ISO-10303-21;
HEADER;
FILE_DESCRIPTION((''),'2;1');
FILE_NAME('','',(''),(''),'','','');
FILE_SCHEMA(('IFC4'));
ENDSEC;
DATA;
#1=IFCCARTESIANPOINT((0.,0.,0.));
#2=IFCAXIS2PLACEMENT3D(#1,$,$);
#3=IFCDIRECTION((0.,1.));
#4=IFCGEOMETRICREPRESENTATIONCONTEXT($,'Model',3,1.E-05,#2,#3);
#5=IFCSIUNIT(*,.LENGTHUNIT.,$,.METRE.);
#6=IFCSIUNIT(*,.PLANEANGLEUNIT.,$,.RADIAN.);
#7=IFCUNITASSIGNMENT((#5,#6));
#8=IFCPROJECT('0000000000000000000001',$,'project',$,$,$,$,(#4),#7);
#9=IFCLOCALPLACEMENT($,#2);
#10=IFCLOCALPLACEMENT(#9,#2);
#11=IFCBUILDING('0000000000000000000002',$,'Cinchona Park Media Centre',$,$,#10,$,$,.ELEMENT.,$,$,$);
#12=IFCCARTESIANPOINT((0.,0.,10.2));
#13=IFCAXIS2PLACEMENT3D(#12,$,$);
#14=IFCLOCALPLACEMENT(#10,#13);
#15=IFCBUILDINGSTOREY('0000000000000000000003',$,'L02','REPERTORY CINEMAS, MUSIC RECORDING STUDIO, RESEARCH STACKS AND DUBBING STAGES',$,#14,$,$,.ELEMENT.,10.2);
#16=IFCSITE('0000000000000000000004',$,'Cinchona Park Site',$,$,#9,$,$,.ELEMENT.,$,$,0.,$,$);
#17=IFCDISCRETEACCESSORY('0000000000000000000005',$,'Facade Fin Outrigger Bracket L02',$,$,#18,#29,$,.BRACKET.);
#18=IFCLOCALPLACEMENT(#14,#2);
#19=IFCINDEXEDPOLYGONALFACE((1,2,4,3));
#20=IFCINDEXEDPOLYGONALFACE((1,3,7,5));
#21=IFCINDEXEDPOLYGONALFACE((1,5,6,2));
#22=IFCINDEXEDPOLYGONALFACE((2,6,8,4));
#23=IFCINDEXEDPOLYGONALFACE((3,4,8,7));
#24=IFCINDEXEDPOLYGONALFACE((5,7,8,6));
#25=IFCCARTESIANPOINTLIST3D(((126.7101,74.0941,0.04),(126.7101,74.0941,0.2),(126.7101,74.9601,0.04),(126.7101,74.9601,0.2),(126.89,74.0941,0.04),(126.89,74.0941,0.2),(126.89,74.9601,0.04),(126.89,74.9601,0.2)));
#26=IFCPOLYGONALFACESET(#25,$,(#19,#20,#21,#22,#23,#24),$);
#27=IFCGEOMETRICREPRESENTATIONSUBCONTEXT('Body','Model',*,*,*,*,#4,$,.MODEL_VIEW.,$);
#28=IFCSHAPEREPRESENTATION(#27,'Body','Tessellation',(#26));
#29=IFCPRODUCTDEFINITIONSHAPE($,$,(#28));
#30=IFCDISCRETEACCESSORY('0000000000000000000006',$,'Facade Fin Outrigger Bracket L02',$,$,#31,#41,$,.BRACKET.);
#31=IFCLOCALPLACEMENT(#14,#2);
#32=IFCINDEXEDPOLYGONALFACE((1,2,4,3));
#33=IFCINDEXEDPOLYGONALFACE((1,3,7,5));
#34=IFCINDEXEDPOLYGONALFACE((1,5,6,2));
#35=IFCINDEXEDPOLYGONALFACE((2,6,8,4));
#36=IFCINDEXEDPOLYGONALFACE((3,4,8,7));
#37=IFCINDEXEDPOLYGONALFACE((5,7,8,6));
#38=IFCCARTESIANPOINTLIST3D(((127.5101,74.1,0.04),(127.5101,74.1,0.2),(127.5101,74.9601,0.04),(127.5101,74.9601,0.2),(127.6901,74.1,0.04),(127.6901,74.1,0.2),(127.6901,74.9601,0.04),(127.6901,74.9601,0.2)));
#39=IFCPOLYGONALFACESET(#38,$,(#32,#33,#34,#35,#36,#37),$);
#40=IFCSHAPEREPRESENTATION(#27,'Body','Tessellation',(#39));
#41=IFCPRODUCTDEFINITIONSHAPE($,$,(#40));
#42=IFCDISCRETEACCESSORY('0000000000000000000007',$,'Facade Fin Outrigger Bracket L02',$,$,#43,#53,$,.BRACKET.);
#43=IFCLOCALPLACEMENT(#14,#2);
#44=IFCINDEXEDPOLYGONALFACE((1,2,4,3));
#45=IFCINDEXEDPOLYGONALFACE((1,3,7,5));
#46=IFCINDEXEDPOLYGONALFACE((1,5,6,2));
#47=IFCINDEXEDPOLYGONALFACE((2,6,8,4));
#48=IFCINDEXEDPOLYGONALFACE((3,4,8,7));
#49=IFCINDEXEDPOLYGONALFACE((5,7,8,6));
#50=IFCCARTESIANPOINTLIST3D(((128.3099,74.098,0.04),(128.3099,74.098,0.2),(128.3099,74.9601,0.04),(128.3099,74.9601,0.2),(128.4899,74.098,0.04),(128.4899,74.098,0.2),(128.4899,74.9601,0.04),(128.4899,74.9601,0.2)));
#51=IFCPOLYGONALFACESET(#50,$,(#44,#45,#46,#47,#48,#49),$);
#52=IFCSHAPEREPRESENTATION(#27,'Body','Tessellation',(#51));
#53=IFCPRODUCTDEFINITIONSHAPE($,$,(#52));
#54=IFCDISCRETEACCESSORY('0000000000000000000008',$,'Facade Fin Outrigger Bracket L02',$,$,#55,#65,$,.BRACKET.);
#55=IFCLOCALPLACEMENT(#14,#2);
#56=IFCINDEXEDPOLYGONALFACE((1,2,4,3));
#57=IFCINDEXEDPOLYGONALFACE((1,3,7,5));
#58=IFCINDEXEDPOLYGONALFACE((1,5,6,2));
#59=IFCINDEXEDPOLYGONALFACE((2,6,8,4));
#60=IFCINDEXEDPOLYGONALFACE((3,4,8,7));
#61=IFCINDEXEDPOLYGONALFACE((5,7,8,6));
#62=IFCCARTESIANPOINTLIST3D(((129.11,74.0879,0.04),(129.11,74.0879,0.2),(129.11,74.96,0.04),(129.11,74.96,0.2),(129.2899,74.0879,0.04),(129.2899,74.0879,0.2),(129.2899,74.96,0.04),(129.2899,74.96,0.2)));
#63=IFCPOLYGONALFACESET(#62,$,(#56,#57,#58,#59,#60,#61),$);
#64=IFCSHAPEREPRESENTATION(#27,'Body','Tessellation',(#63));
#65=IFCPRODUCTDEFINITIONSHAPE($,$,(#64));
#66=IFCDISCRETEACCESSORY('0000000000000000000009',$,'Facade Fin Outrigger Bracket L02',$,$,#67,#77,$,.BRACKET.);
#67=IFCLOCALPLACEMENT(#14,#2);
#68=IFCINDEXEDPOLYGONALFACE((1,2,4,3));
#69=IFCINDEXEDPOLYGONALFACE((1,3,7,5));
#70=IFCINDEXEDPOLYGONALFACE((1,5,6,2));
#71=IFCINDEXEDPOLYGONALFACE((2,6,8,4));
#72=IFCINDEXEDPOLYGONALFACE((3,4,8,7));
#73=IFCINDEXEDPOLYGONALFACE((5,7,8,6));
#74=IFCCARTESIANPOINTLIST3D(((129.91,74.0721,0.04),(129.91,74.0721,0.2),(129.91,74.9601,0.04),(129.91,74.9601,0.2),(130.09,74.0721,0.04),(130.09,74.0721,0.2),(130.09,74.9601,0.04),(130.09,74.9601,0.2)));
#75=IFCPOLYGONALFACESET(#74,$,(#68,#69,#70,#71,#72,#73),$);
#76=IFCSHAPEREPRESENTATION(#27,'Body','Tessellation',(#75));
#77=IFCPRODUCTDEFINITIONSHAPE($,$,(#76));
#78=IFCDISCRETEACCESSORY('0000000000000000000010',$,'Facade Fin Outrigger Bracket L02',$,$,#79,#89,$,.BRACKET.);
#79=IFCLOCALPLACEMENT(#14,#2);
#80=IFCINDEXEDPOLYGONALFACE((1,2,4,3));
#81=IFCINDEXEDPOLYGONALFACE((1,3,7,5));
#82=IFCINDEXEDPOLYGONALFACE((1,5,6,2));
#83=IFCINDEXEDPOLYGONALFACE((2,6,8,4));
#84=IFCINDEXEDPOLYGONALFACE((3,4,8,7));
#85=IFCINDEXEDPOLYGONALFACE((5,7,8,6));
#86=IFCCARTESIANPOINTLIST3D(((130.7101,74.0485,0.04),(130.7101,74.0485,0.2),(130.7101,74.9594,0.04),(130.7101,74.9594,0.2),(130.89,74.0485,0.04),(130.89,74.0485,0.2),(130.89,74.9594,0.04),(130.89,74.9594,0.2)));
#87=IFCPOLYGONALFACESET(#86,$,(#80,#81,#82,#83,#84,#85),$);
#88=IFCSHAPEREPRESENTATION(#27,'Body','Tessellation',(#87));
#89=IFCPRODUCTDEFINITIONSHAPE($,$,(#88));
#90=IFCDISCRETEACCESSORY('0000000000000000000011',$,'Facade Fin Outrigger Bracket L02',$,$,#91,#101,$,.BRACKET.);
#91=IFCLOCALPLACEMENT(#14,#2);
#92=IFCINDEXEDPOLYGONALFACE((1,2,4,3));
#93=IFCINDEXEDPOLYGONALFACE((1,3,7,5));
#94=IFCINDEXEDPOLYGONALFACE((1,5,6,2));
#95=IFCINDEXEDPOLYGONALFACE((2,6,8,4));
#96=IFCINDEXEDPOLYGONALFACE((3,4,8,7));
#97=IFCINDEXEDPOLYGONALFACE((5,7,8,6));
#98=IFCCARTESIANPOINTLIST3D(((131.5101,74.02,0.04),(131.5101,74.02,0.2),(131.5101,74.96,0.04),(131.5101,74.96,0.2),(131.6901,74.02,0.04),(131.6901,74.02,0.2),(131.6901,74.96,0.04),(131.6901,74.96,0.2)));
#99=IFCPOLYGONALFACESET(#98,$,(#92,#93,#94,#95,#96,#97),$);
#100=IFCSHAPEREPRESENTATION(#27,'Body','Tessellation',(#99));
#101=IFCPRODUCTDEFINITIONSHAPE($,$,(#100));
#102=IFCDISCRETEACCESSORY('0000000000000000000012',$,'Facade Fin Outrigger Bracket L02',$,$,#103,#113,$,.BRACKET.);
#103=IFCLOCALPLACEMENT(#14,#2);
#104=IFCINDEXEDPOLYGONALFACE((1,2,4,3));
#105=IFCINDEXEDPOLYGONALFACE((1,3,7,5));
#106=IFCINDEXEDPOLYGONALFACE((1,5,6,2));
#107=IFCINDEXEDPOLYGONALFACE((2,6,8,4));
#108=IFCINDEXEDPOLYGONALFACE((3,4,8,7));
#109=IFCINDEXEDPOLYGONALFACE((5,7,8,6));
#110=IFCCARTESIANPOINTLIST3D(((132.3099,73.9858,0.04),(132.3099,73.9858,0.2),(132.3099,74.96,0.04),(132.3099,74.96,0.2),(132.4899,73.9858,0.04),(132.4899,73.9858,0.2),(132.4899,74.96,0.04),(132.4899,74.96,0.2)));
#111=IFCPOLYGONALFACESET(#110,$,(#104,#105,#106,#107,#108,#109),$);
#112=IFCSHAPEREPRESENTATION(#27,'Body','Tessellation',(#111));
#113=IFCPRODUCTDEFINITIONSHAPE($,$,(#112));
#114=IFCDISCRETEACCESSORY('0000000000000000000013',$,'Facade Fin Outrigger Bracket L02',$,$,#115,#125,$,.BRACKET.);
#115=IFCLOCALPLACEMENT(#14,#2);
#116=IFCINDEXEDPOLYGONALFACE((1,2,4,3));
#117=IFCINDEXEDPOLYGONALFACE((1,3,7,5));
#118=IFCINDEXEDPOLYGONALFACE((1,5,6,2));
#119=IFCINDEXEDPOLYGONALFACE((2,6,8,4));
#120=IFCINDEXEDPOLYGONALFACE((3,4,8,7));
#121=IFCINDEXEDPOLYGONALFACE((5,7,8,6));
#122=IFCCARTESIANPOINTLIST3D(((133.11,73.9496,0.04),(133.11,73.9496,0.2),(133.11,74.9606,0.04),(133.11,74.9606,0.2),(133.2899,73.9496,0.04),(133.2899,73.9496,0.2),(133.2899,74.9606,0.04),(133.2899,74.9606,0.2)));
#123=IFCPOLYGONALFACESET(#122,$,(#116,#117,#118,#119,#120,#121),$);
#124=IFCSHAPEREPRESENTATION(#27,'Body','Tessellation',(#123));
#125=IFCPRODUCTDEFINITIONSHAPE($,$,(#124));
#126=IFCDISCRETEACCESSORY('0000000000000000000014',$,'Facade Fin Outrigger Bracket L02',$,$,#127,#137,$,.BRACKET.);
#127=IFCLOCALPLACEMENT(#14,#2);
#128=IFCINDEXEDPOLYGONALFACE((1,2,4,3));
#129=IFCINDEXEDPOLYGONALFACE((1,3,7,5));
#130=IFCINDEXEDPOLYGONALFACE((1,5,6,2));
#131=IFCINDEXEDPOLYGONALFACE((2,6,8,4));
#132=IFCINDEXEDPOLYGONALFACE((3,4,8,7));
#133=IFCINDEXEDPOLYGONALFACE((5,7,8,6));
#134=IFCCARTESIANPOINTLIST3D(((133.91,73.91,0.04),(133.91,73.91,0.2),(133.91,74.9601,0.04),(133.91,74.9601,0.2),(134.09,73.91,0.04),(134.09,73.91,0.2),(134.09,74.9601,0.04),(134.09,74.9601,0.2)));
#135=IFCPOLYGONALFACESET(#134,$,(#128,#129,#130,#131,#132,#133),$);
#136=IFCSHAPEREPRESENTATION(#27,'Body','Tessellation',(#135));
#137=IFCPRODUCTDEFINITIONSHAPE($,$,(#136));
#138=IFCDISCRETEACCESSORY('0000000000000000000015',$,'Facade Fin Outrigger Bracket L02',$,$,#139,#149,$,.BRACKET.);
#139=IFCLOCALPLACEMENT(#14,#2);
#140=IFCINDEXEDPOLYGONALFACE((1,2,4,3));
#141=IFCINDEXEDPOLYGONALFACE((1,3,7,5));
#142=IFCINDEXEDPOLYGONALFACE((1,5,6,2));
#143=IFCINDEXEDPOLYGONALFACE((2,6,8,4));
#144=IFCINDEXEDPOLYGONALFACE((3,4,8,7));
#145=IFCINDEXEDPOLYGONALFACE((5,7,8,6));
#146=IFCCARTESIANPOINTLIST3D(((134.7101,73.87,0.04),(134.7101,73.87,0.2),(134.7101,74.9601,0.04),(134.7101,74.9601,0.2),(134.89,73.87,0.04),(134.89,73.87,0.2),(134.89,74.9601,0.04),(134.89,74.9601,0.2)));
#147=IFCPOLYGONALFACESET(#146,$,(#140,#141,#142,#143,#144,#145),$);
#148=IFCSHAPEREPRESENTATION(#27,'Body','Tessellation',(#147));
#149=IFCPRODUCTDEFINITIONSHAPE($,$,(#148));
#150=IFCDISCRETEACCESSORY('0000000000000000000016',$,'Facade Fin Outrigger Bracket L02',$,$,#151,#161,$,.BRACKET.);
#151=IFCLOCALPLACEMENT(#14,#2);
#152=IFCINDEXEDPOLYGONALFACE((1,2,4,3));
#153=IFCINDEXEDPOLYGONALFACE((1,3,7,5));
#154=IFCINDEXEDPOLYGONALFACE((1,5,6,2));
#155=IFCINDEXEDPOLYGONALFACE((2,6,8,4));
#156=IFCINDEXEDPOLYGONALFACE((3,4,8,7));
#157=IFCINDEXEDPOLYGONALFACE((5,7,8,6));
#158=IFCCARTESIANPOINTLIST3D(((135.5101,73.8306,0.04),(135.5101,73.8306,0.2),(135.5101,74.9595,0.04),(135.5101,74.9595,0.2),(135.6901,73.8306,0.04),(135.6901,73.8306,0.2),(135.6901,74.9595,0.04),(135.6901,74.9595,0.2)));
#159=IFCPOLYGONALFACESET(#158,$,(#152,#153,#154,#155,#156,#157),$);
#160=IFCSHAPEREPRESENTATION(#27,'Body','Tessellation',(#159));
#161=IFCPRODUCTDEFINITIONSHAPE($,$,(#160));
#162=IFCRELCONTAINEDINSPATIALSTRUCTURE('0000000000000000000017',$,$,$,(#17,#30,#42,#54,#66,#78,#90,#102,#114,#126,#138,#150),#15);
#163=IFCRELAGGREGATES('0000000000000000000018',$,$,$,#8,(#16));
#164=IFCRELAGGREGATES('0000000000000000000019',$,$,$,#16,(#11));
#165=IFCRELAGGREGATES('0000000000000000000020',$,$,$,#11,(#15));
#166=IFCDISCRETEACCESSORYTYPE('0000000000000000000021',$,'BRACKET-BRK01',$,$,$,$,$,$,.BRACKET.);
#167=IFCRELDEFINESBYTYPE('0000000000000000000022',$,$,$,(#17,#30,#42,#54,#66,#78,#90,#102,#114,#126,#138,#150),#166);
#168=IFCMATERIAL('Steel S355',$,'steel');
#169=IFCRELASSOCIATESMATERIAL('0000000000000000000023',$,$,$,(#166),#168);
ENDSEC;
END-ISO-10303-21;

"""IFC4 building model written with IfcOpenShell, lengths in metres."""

from ifc_helpers import new_model, si_unit, direction, frame, origin, origin_2d, place, context, subcontext, project, spatial, rectangle, extrude, material, type_object, element, save


model = new_model("IFC4")

# Units and contexts
model_context = context("Model", 3, precision=1e-05, world=origin(), true_north=direction((0.0, 1.0)))
body_context = subcontext(model_context, "Body", "Model", "MODEL_VIEW")
ifc_project = project(units=[si_unit("LENGTHUNIT", "METRE"), si_unit("PLANEANGLEUNIT", "RADIAN")], contexts=[model_context])

# Site, building, storey
site_placement = place(None, origin())
site = spatial("IfcSite", under=ifc_project, at=site_placement, Name="Cinchona Park Site", CompositionType="ELEMENT", RefElevation=0.0)
building_placement = place(site_placement, origin())
building = spatial("IfcBuilding", under=site, at=building_placement, Name="Cinchona Park Media Centre", CompositionType="ELEMENT")
storey_placement = place(building_placement, frame((0.0, 0.0, 10.2)))
storey = spatial("IfcBuildingStorey", under=building, at=storey_placement, Name="L02", Description="REPERTORY CINEMAS, MUSIC RECORDING STUDIO, RESEARCH STACKS AND DUBBING STAGES", CompositionType="ELEMENT", Elevation=10.2)

# Discrete accessories
ifc_material_1 = material(Name="Steel S355", Category="steel")
discrete_accessory_type = type_object("IfcDiscreteAccessoryType", Name="BRACKET-BRK01", PredefinedType="BRACKET", material=ifc_material_1)
discrete_accessory_1_placement = place(storey_placement, frame((126.8, 74.5271, 0.04), z_axis=(0.0, 0.0, 1.0), x_axis=(1.0, 0.0, 0.0)))
element("IfcDiscreteAccessory", 1, at=discrete_accessory_1_placement, inside=storey, type_object=discrete_accessory_type, Name="Facade Fin Outrigger Bracket L02", PredefinedType="BRACKET", context=body_context, shape_type="SweptSolid", body=[
    extrude(rectangle(XDim=0.1799, YDim=0.866, at=origin_2d()), origin(), (0.0, 0.0, 1.0), 0.1599),
])
discrete_accessory_2_placement = place(storey_placement, frame((127.6001, 74.53, 0.04), z_axis=(0.0, 0.0, 1.0), x_axis=(1.0, 0.0, 0.0)))
element("IfcDiscreteAccessory", 2, at=discrete_accessory_2_placement, inside=storey, type_object=discrete_accessory_type, Name="Facade Fin Outrigger Bracket L02", PredefinedType="BRACKET", context=body_context, shape_type="SweptSolid", body=[
    extrude(rectangle(XDim=0.1799, YDim=0.8601, at=origin_2d()), origin(), (0.0, 0.0, 1.0), 0.1599),
])
discrete_accessory_3_placement = place(storey_placement, frame((128.3999, 74.5291, 0.04), z_axis=(0.0, 0.0, 1.0), x_axis=(1.0, 0.0, 0.0)))
element("IfcDiscreteAccessory", 3, at=discrete_accessory_3_placement, inside=storey, type_object=discrete_accessory_type, Name="Facade Fin Outrigger Bracket L02", PredefinedType="BRACKET", context=body_context, shape_type="SweptSolid", body=[
    extrude(rectangle(XDim=0.1799, YDim=0.8621, at=origin_2d()), origin(), (0.0, 0.0, 1.0), 0.1599),
])
discrete_accessory_4_placement = place(storey_placement, frame((129.2, 74.5239, 0.04), z_axis=(0.0, 0.0, 1.0), x_axis=(1.0, 0.0, 0.0)))
element("IfcDiscreteAccessory", 4, at=discrete_accessory_4_placement, inside=storey, type_object=discrete_accessory_type, Name="Facade Fin Outrigger Bracket L02", PredefinedType="BRACKET", context=body_context, shape_type="SweptSolid", body=[
    extrude(rectangle(XDim=0.1799, YDim=0.8721, at=origin_2d()), origin(), (0.0, 0.0, 1.0), 0.1599),
])
discrete_accessory_5_placement = place(storey_placement, frame((130.0, 74.5161, 0.04), z_axis=(0.0, 0.0, 1.0), x_axis=(1.0, 0.0, 0.0)))
element("IfcDiscreteAccessory", 5, at=discrete_accessory_5_placement, inside=storey, type_object=discrete_accessory_type, Name="Facade Fin Outrigger Bracket L02", PredefinedType="BRACKET", context=body_context, shape_type="SweptSolid", body=[
    extrude(rectangle(XDim=0.1799, YDim=0.8879, at=origin_2d()), origin(), (0.0, 0.0, 1.0), 0.1599),
])
discrete_accessory_6_placement = place(storey_placement, frame((130.8, 74.5039, 0.04), z_axis=(0.0, 0.0, 1.0), x_axis=(1.0, 0.0, 0.0)))
element("IfcDiscreteAccessory", 6, at=discrete_accessory_6_placement, inside=storey, type_object=discrete_accessory_type, Name="Facade Fin Outrigger Bracket L02", PredefinedType="BRACKET", context=body_context, shape_type="SweptSolid", body=[
    extrude(rectangle(XDim=0.1799, YDim=0.9109, at=origin_2d()), origin(), (0.0, 0.0, 1.0), 0.1599),
])
discrete_accessory_7_placement = place(storey_placement, frame((131.6001, 74.49, 0.04), z_axis=(0.0, 0.0, 1.0), x_axis=(1.0, 0.0, 0.0)))
element("IfcDiscreteAccessory", 7, at=discrete_accessory_7_placement, inside=storey, type_object=discrete_accessory_type, Name="Facade Fin Outrigger Bracket L02", PredefinedType="BRACKET", context=body_context, shape_type="SweptSolid", body=[
    extrude(rectangle(XDim=0.1799, YDim=0.9399, at=origin_2d()), origin(), (0.0, 0.0, 1.0), 0.1599),
])
discrete_accessory_8_placement = place(storey_placement, frame((132.3999, 74.4729, 0.04), z_axis=(0.0, 0.0, 1.0), x_axis=(1.0, 0.0, 0.0)))
element("IfcDiscreteAccessory", 8, at=discrete_accessory_8_placement, inside=storey, type_object=discrete_accessory_type, Name="Facade Fin Outrigger Bracket L02", PredefinedType="BRACKET", context=body_context, shape_type="SweptSolid", body=[
    extrude(rectangle(XDim=0.1799, YDim=0.9741, at=origin_2d()), origin(), (0.0, 0.0, 1.0), 0.1599),
])
discrete_accessory_9_placement = place(storey_placement, frame((133.2, 74.4551, 0.04), z_axis=(0.0, 0.0, 1.0), x_axis=(1.0, 0.0, 0.0)))
element("IfcDiscreteAccessory", 9, at=discrete_accessory_9_placement, inside=storey, type_object=discrete_accessory_type, Name="Facade Fin Outrigger Bracket L02", PredefinedType="BRACKET", context=body_context, shape_type="SweptSolid", body=[
    extrude(rectangle(XDim=0.1799, YDim=1.011, at=origin_2d()), origin(), (0.0, 0.0, 1.0), 0.1599),
])
discrete_accessory_10_placement = place(storey_placement, frame((134.0, 74.4351, 0.04), z_axis=(0.0, 0.0, 1.0), x_axis=(1.0, 0.0, 0.0)))
element("IfcDiscreteAccessory", 10, at=discrete_accessory_10_placement, inside=storey, type_object=discrete_accessory_type, Name="Facade Fin Outrigger Bracket L02", PredefinedType="BRACKET", context=body_context, shape_type="SweptSolid", body=[
    extrude(rectangle(XDim=0.1799, YDim=1.05, at=origin_2d()), origin(), (0.0, 0.0, 1.0), 0.1599),
])
discrete_accessory_11_placement = place(storey_placement, frame((134.8, 74.415, 0.04), z_axis=(0.0, 0.0, 1.0), x_axis=(1.0, 0.0, 0.0)))
element("IfcDiscreteAccessory", 11, at=discrete_accessory_11_placement, inside=storey, type_object=discrete_accessory_type, Name="Facade Fin Outrigger Bracket L02", PredefinedType="BRACKET", context=body_context, shape_type="SweptSolid", body=[
    extrude(rectangle(XDim=0.1799, YDim=1.0901, at=origin_2d()), origin(), (0.0, 0.0, 1.0), 0.1599),
])
discrete_accessory_12_placement = place(storey_placement, frame((135.6001, 74.395, 0.04), z_axis=(0.0, 0.0, 1.0), x_axis=(1.0, 0.0, 0.0)))
element("IfcDiscreteAccessory", 12, at=discrete_accessory_12_placement, inside=storey, type_object=discrete_accessory_type, Name="Facade Fin Outrigger Bracket L02", PredefinedType="BRACKET", context=body_context, shape_type="SweptSolid", body=[
    extrude(rectangle(XDim=0.1799, YDim=1.1289, at=origin_2d()), origin(), (0.0, 0.0, 1.0), 0.1599),
])

save(model, "model.ifc")
